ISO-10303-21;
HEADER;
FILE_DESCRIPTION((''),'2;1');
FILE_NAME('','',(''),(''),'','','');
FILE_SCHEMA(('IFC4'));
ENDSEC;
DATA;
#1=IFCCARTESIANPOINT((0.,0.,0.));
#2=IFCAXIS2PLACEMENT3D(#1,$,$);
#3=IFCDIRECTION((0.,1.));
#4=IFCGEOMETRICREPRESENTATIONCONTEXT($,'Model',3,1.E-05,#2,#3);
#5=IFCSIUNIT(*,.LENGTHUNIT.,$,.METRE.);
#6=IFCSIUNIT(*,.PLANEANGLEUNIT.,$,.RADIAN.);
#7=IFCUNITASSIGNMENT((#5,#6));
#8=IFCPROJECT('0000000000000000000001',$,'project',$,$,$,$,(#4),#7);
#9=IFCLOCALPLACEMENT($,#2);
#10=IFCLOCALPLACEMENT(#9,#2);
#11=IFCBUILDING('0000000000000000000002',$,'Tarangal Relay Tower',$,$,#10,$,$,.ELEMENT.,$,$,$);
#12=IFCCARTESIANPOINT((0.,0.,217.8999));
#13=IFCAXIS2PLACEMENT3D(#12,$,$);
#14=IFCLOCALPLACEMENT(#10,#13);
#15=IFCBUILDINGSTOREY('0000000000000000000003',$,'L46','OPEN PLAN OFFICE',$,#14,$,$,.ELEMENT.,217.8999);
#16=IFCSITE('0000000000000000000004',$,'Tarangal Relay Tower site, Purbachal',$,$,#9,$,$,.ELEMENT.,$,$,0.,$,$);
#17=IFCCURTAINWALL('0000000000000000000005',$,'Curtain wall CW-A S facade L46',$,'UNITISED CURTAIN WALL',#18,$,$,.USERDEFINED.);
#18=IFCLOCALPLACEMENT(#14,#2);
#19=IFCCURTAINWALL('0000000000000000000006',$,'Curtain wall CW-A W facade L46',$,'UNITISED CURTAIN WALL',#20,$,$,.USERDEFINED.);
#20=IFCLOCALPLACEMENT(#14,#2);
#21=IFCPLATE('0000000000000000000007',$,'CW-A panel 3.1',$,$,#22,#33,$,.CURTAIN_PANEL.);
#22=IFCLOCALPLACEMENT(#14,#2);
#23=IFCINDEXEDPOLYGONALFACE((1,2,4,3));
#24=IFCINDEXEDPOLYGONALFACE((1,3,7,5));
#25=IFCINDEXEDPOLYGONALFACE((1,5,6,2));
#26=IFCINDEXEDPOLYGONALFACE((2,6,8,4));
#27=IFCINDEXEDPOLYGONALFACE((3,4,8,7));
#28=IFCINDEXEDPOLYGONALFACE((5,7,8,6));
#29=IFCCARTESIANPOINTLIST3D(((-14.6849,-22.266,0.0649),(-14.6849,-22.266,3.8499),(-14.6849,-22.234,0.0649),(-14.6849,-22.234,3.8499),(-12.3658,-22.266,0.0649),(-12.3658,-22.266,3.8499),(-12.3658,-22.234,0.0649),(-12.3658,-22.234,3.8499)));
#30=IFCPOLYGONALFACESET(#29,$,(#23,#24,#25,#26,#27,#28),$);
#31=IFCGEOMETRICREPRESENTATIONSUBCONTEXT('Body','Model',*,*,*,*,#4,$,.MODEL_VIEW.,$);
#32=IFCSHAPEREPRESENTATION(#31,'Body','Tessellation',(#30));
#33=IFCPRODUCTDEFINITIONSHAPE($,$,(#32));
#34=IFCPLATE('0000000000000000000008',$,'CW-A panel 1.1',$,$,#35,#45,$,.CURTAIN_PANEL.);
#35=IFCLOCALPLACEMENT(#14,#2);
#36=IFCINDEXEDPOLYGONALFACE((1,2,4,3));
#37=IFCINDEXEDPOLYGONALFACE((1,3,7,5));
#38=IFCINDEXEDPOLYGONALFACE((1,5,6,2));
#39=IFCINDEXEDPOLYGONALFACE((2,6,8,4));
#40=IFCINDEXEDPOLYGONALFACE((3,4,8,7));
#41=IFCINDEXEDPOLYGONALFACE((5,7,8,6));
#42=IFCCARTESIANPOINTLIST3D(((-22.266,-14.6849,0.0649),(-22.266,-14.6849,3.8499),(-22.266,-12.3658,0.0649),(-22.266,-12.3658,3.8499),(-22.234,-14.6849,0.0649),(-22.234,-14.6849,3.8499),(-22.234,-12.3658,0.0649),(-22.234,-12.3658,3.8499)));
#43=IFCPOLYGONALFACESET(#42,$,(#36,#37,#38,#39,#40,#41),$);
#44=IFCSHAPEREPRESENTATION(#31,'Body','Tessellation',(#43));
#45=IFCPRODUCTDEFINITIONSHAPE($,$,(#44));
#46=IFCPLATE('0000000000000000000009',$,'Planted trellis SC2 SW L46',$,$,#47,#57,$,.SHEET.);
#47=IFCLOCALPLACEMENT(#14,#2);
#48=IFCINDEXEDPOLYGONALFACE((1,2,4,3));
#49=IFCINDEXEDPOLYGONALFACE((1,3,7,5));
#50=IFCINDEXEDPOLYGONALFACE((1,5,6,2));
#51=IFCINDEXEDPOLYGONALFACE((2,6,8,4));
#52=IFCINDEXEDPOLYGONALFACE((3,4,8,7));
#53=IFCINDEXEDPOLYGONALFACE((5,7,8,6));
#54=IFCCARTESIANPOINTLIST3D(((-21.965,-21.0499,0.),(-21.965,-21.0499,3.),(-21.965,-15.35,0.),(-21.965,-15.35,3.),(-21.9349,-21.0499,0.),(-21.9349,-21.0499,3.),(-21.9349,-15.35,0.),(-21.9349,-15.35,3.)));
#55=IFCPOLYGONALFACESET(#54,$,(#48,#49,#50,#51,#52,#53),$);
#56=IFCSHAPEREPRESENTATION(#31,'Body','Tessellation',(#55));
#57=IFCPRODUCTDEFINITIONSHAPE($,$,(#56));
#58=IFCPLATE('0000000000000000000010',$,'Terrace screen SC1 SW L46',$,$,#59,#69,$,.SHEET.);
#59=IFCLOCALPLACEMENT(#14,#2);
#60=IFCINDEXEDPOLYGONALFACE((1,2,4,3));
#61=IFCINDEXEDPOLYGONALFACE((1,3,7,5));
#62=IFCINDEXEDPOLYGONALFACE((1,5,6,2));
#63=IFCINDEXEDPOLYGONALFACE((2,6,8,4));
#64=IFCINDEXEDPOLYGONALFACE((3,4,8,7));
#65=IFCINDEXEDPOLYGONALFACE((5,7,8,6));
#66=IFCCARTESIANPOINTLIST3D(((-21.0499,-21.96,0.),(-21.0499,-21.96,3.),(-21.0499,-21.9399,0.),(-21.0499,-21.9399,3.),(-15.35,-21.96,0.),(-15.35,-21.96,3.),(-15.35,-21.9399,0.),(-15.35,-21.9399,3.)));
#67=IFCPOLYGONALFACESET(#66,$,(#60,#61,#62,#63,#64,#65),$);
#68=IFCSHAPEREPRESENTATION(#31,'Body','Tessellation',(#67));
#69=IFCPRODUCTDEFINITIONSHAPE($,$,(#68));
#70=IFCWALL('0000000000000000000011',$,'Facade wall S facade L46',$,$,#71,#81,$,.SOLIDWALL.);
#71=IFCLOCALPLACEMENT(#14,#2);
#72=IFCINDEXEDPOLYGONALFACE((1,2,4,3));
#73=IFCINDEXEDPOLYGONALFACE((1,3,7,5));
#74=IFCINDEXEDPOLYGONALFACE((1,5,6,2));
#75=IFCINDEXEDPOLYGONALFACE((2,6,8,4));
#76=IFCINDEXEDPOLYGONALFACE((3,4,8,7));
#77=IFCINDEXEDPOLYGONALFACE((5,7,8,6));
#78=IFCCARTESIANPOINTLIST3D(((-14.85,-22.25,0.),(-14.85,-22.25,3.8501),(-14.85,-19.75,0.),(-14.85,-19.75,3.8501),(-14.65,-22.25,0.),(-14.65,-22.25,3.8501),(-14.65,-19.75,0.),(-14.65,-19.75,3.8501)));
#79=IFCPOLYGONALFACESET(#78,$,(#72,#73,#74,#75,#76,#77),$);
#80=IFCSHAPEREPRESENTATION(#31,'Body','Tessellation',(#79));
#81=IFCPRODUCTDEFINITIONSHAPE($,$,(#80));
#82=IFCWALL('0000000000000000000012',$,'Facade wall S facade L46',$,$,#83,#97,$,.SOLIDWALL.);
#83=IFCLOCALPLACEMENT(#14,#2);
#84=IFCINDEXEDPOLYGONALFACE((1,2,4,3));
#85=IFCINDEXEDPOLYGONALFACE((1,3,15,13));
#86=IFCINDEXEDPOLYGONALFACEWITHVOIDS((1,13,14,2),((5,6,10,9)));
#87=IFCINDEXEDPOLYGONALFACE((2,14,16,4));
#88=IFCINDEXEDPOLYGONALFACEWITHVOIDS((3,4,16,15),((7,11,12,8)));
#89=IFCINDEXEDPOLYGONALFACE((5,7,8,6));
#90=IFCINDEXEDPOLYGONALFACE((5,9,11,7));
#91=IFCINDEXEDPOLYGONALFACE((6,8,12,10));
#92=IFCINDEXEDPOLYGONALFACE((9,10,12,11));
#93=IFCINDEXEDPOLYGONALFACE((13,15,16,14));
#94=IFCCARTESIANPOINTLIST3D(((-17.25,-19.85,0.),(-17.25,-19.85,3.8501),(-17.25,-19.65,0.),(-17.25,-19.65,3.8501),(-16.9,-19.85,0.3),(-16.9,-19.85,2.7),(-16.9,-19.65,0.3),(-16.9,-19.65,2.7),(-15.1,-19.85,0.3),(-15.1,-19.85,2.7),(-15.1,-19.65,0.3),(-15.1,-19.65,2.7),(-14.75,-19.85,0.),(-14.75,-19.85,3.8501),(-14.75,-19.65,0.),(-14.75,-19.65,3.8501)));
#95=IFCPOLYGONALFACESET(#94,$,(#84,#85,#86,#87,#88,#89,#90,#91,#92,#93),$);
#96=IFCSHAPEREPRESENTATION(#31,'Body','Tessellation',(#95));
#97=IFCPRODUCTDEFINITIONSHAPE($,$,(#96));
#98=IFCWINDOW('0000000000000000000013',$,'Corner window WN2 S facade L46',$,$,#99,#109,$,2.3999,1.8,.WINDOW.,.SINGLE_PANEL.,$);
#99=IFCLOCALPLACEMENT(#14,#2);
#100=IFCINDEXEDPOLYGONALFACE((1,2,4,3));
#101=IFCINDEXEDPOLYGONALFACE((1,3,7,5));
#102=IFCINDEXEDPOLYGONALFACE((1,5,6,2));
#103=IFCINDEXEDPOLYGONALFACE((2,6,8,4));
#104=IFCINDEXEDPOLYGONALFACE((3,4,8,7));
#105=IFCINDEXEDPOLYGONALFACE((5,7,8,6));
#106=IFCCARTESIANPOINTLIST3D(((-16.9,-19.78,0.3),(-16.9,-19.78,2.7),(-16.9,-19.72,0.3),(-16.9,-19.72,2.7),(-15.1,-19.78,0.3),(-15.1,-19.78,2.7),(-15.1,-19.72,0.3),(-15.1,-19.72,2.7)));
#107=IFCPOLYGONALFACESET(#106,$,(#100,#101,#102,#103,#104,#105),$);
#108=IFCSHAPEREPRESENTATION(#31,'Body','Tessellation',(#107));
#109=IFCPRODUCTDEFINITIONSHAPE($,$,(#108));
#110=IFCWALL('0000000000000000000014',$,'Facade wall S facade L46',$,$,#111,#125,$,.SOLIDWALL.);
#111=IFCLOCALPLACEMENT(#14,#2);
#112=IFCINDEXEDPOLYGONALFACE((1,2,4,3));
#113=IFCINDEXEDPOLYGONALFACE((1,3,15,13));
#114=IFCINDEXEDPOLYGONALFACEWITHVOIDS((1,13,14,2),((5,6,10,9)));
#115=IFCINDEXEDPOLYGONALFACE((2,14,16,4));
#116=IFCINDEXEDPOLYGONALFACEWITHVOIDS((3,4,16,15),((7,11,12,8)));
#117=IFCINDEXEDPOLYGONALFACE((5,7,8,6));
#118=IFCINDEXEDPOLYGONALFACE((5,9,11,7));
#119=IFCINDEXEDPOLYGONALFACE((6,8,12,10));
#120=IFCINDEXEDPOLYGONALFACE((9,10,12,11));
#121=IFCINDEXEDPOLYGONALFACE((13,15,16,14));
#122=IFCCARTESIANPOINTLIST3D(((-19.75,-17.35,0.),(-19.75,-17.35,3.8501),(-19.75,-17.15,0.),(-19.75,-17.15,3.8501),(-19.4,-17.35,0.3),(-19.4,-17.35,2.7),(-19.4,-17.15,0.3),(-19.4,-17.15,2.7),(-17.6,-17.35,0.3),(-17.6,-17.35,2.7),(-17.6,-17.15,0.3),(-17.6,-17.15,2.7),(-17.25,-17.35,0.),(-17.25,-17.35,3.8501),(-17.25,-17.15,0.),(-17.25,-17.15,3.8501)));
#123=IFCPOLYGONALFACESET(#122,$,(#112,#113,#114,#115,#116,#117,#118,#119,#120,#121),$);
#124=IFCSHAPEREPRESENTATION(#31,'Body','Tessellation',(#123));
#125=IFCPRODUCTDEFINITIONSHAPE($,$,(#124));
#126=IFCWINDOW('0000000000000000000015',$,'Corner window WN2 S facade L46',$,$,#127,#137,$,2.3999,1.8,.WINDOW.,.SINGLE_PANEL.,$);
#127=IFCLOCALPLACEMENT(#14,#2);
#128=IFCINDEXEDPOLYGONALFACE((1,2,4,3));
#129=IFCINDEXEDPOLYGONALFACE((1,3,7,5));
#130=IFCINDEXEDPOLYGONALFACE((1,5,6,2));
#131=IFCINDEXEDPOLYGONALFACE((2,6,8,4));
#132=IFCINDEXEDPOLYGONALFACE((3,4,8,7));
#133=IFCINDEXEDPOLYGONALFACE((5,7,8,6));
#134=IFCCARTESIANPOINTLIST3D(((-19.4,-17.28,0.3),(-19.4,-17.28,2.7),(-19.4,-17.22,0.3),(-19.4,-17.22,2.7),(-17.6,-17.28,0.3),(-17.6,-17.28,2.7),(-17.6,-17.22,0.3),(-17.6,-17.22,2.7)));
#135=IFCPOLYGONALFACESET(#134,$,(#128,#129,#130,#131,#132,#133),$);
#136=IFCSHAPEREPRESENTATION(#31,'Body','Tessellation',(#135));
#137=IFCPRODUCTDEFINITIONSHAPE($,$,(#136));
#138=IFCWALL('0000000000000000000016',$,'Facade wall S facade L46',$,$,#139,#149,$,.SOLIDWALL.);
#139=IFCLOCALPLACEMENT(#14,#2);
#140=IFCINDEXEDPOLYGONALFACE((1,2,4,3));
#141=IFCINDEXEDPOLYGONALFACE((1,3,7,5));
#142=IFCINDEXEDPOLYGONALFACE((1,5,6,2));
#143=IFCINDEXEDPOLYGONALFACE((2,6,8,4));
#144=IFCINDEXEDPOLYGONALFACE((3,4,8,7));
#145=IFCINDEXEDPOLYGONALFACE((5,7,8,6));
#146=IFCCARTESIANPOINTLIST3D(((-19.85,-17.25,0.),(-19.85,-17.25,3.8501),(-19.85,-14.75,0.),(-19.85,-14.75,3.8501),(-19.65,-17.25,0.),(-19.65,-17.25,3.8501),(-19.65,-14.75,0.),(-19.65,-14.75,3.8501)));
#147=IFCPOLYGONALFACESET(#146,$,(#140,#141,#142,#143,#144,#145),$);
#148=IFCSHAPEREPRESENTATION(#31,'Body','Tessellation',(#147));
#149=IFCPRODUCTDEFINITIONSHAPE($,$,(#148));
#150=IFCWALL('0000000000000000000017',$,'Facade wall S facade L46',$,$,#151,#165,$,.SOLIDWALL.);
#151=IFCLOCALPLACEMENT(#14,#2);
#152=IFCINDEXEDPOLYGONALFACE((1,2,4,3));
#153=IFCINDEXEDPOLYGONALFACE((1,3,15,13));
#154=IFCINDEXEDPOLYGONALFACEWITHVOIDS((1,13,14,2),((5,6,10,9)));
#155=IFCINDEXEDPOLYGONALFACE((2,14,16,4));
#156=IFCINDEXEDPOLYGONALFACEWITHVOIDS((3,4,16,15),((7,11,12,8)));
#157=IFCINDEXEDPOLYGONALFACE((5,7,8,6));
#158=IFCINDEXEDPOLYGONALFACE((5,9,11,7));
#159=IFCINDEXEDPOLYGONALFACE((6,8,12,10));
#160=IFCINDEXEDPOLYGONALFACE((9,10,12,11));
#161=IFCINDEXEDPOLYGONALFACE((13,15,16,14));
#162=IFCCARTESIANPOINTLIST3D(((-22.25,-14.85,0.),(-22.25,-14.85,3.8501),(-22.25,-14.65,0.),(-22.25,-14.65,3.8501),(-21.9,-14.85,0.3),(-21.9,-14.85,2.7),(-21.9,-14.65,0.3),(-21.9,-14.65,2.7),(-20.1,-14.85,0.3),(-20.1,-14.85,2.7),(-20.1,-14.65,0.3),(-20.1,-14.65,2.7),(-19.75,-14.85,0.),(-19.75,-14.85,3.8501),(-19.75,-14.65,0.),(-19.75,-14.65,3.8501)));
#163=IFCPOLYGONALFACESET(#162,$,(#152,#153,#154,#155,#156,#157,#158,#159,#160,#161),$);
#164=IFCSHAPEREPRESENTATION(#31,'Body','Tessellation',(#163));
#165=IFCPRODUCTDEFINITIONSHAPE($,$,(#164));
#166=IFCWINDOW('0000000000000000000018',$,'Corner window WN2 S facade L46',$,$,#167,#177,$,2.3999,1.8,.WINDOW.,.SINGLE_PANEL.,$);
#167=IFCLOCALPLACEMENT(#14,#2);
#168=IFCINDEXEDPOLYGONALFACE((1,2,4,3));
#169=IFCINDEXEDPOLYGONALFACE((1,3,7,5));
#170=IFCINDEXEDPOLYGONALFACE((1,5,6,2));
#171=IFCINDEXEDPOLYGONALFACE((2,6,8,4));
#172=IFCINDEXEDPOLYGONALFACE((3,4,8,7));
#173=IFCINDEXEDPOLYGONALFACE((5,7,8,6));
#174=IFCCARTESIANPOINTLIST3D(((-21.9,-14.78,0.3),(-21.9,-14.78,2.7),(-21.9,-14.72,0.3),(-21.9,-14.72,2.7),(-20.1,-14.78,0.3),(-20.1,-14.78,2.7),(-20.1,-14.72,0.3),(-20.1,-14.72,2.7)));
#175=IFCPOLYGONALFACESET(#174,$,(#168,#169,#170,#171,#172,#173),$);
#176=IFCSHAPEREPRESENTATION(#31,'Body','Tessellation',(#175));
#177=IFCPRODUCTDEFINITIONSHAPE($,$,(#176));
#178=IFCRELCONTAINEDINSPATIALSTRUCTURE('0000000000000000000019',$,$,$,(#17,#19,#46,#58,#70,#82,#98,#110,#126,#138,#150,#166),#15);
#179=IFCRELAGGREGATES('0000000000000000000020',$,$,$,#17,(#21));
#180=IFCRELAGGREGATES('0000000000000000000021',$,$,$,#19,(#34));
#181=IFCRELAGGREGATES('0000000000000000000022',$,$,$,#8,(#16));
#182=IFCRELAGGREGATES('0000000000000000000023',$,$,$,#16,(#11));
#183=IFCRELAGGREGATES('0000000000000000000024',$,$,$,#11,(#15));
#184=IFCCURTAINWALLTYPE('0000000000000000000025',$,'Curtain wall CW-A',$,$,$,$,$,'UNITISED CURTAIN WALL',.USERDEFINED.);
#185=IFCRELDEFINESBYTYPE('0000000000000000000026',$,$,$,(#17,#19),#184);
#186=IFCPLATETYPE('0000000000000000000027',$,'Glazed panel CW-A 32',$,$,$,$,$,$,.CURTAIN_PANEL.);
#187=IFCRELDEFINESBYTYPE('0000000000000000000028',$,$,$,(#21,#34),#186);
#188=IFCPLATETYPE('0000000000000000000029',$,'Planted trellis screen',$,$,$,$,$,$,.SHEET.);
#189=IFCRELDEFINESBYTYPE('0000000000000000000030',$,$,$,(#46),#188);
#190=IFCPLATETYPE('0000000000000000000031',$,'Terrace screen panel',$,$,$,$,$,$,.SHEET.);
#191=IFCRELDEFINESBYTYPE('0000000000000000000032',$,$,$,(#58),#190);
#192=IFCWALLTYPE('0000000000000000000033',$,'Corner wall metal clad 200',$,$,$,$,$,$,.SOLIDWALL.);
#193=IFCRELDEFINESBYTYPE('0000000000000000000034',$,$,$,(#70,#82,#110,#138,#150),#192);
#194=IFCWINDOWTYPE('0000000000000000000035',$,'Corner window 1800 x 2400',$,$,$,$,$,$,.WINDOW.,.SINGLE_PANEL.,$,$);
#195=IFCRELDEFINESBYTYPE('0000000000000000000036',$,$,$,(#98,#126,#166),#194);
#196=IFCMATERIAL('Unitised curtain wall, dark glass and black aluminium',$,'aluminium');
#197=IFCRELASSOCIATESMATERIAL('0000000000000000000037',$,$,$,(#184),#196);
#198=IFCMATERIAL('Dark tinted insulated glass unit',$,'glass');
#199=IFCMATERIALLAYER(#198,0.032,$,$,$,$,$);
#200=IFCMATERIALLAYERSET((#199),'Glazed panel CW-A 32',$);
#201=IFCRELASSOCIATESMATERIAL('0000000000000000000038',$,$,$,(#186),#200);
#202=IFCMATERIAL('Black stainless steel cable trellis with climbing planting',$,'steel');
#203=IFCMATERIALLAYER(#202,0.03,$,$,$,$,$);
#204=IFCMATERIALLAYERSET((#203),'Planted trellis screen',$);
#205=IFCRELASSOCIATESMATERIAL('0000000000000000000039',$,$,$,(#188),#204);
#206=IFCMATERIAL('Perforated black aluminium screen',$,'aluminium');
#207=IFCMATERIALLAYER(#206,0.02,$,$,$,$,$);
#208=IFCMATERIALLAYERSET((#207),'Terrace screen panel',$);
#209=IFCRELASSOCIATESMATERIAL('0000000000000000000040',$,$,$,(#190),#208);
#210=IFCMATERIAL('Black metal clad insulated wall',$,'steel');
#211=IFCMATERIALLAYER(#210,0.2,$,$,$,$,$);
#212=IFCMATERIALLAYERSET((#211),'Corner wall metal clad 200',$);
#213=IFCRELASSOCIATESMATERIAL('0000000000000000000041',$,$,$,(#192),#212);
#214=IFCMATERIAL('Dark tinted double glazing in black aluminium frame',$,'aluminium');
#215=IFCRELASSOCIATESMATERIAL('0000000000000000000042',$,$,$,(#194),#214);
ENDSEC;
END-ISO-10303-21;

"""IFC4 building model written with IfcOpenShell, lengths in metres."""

from ifc_helpers import new_model, si_unit, direction, frame, frame_2d, origin, origin_2d, place, context, subcontext, project, spatial, rectangle, extrude, material, layer, layer_set, type_object, element, fill, aggregate, save


model = new_model("IFC4")

# Units and contexts
model_context = context("Model", 3, precision=1e-05, world=origin(), true_north=direction((0.0, 1.0)))
body_context = subcontext(model_context, "Body", "Model", "MODEL_VIEW")
ifc_project = project(units=[si_unit("LENGTHUNIT", "METRE"), si_unit("PLANEANGLEUNIT", "RADIAN")], contexts=[model_context])

# Site, building, storey
site_placement = place(None, origin())
site = spatial("IfcSite", under=ifc_project, at=site_placement, Name="Tarangal Relay Tower site, Purbachal", CompositionType="ELEMENT", RefElevation=0.0)
building_placement = place(site_placement, origin())
building = spatial("IfcBuilding", under=site, at=building_placement, Name="Tarangal Relay Tower", CompositionType="ELEMENT")
storey_placement = place(building_placement, frame((0.0, 0.0, 217.8999)))
storey = spatial("IfcBuildingStorey", under=building, at=storey_placement, Name="L46", Description="OPEN PLAN OFFICE", CompositionType="ELEMENT", Elevation=217.8999)

# Curtain walls
ifc_material_1 = material(Name="Unitised curtain wall, dark glass and black aluminium", Category="aluminium")
curtain_wall_type = type_object("IfcCurtainWallType", Name="Curtain wall CW-A", ElementType="UNITISED CURTAIN WALL", PredefinedType="USERDEFINED", material=ifc_material_1)
curtain_wall_1_placement = place(storey_placement, origin())
curtain_wall_1 = element("IfcCurtainWall", 1, at=curtain_wall_1_placement, inside=storey, type_object=curtain_wall_type, Name="Curtain wall CW-A S facade L46", ObjectType="UNITISED CURTAIN WALL", PredefinedType="USERDEFINED")
curtain_wall_2_placement = place(storey_placement, origin())
curtain_wall_2 = element("IfcCurtainWall", 2, at=curtain_wall_2_placement, inside=storey, type_object=curtain_wall_type, Name="Curtain wall CW-A W facade L46", ObjectType="UNITISED CURTAIN WALL", PredefinedType="USERDEFINED")

# Plates
ifc_material_2 = material(Name="Dark tinted insulated glass unit", Category="glass")
ifc_layer_1 = layer(ifc_material_2, 0.032)
ifc_layer_set_1 = layer_set([ifc_layer_1], Name="Glazed panel CW-A 32")
plate_type_1 = type_object("IfcPlateType", Name="Glazed panel CW-A 32", PredefinedType="CURTAIN_PANEL", material=ifc_layer_set_1)
plate_1_placement = place(storey_placement, frame((-13.5254, -22.25, 0.0649), z_axis=(0.0, 0.0, 1.0), x_axis=(-1.0, 0.0, 0.0)))
plate_1 = element("IfcPlate", 3, at=plate_1_placement, type_object=plate_type_1, Name="CW-A panel 3.1", PredefinedType="CURTAIN_PANEL", context=body_context, shape_type="SweptSolid", body=[
    extrude(rectangle(XDim=2.3191, YDim=0.032, at=origin_2d()), origin(), (0.0, 0.0, 1.0), 3.7849),
])
aggregate(curtain_wall_1, [plate_1])
plate_2_placement = place(storey_placement, frame((-22.25, -13.5254, 0.0649), z_axis=(0.0, 0.0, 1.0), x_axis=(0.0, 1.0, 0.0)))
plate_2 = element("IfcPlate", 4, at=plate_2_placement, type_object=plate_type_1, Name="CW-A panel 1.1", PredefinedType="CURTAIN_PANEL", context=body_context, shape_type="SweptSolid", body=[
    extrude(rectangle(XDim=2.3191, YDim=0.032, at=origin_2d()), origin(), (0.0, 0.0, 1.0), 3.7849),
])
aggregate(curtain_wall_2, [plate_2])

# Plates
ifc_material_3 = material(Name="Black stainless steel cable trellis with climbing planting", Category="steel")
ifc_layer_2 = layer(ifc_material_3, 0.03)
ifc_layer_set_2 = layer_set([ifc_layer_2], Name="Planted trellis screen")
plate_type_2 = type_object("IfcPlateType", Name="Planted trellis screen", PredefinedType="SHEET", material=ifc_layer_set_2)
plate_3_placement = place(storey_placement, frame((-21.95, -18.2, 0.0), z_axis=(0.0, 0.0, 1.0), x_axis=(0.0, 1.0, 0.0)))
element("IfcPlate", 5, at=plate_3_placement, inside=storey, type_object=plate_type_2, Name="Planted trellis SC2 SW L46", PredefinedType="SHEET", context=body_context, shape_type="SweptSolid", body=[
    extrude(rectangle(XDim=5.7, YDim=0.03, at=origin_2d()), origin(), (0.0, 0.0, 1.0), 3.0),
])
ifc_material_4 = material(Name="Perforated black aluminium screen", Category="aluminium")
ifc_layer_3 = layer(ifc_material_4, 0.02)
ifc_layer_set_3 = layer_set([ifc_layer_3], Name="Terrace screen panel")
plate_type_3 = type_object("IfcPlateType", Name="Terrace screen panel", PredefinedType="SHEET", material=ifc_layer_set_3)
plate_4_placement = place(storey_placement, frame((-18.2, -21.95, 0.0), z_axis=(0.0, 0.0, 1.0), x_axis=(-1.0, 0.0, 0.0)))
element("IfcPlate", 6, at=plate_4_placement, inside=storey, type_object=plate_type_3, Name="Terrace screen SC1 SW L46", PredefinedType="SHEET", context=body_context, shape_type="SweptSolid", body=[
    extrude(rectangle(XDim=5.7, YDim=0.02, at=origin_2d()), origin(), (0.0, 0.0, 1.0), 3.0),
])

# Wall
ifc_material_5 = material(Name="Black metal clad insulated wall", Category="steel")
ifc_layer_4 = layer(ifc_material_5, 0.2)
ifc_layer_set_4 = layer_set([ifc_layer_4], Name="Corner wall metal clad 200")
wall_type_1 = type_object("IfcWallType", Name="Corner wall metal clad 200", PredefinedType="SOLIDWALL", material=ifc_layer_set_4)
wall_1_placement = place(storey_placement, frame((-14.75, -22.25, 0.0), z_axis=(0.0, 0.0, 1.0), x_axis=(0.0, 1.0, 0.0)))
element("IfcWall", 7, at=wall_1_placement, inside=storey, type_object=wall_type_1, Name="Facade wall S facade L46", PredefinedType="SOLIDWALL", context=body_context, shape_type="SweptSolid", body=[
    extrude(rectangle(XDim=2.5, YDim=0.2, at=frame_2d((1.25, 0.0))), origin(), (0.0, 0.0, 1.0), 3.8501),
])

# Wall, opening, window
wall_2_placement = place(storey_placement, frame((-14.75, -19.75, 0.0), z_axis=(0.0, 0.0, 1.0), x_axis=(-1.0, 0.0, 0.0)))
wall_2 = element("IfcWall", 8, at=wall_2_placement, inside=storey, type_object=wall_type_1, Name="Facade wall S facade L46", PredefinedType="SOLIDWALL", context=body_context, shape_type="SweptSolid", body=[
    extrude(rectangle(XDim=2.5, YDim=0.2, at=frame_2d((1.25, 0.0))), origin(), (0.0, 0.0, 1.0), 3.8501),
])
opening_1_placement = place(wall_2_placement, frame((0.3501, 0.0, 0.3)))
opening_1 = element("IfcOpeningElement", 9, at=opening_1_placement, cuts=wall_2, PredefinedType="OPENING", context=body_context, shape_type="SweptSolid", body=[
    extrude(rectangle(XDim=1.8, YDim=2.3999, at=frame_2d((0.8999, 1.2))), frame((0.0, 0.1099, 0.0), z_axis=(0.0, -1.0, 0.0), x_axis=(1.0, 0.0, 0.0)), (0.0, 0.0, 1.0), 0.22),
])
ifc_material_6 = material(Name="Dark tinted double glazing in black aluminium frame", Category="aluminium")
window_type = type_object("IfcWindowType", Name="Corner window 1800 x 2400", PartitioningType="SINGLE_PANEL", PredefinedType="WINDOW", material=ifc_material_6)
window_1_placement = place(opening_1_placement, origin())
window_1 = element("IfcWindow", 10, at=window_1_placement, inside=storey, type_object=window_type, Name="Corner window WN2 S facade L46", OverallHeight=2.3999, OverallWidth=1.8, PartitioningType="SINGLE_PANEL", PredefinedType="WINDOW", context=body_context, shape_type="SweptSolid", body=[
    extrude(rectangle(XDim=1.8, YDim=2.3999, at=frame_2d((0.8999, 1.2))), frame((0.0, 0.03, 0.0), z_axis=(0.0, -1.0, 0.0), x_axis=(1.0, 0.0, 0.0)), (0.0, 0.0, 1.0), 0.0601),
])
fill(opening_1, window_1)

# Wall, opening, window
wall_3_placement = place(storey_placement, frame((-17.25, -17.25, 0.0), z_axis=(0.0, 0.0, 1.0), x_axis=(-1.0, 0.0, 0.0)))
wall_3 = element("IfcWall", 11, at=wall_3_placement, inside=storey, type_object=wall_type_1, Name="Facade wall S facade L46", PredefinedType="SOLIDWALL", context=body_context, shape_type="SweptSolid", body=[
    extrude(rectangle(XDim=2.5, YDim=0.2, at=frame_2d((1.25, 0.0))), origin(), (0.0, 0.0, 1.0), 3.8501),
])
opening_2_placement = place(wall_3_placement, frame((0.3501, 0.0, 0.3)))
opening_2 = element("IfcOpeningElement", 12, at=opening_2_placement, cuts=wall_3, PredefinedType="OPENING", context=body_context, shape_type="SweptSolid", body=[
    extrude(rectangle(XDim=1.8, YDim=2.3999, at=frame_2d((0.8999, 1.2))), frame((0.0, 0.1099, 0.0), z_axis=(0.0, -1.0, 0.0), x_axis=(1.0, 0.0, 0.0)), (0.0, 0.0, 1.0), 0.22),
])
window_2_placement = place(opening_2_placement, origin())
window_2 = element("IfcWindow", 13, at=window_2_placement, inside=storey, type_object=window_type, Name="Corner window WN2 S facade L46", OverallHeight=2.3999, OverallWidth=1.8, PartitioningType="SINGLE_PANEL", PredefinedType="WINDOW", context=body_context, shape_type="SweptSolid", body=[
    extrude(rectangle(XDim=1.8, YDim=2.3999, at=frame_2d((0.8999, 1.2))), frame((0.0, 0.03, 0.0), z_axis=(0.0, -1.0, 0.0), x_axis=(1.0, 0.0, 0.0)), (0.0, 0.0, 1.0), 0.0601),
])
fill(opening_2, window_2)

# Wall
wall_4_placement = place(storey_placement, frame((-19.75, -17.25, 0.0), z_axis=(0.0, 0.0, 1.0), x_axis=(0.0, 1.0, 0.0)))
element("IfcWall", 14, at=wall_4_placement, inside=storey, type_object=wall_type_1, Name="Facade wall S facade L46", PredefinedType="SOLIDWALL", context=body_context, shape_type="SweptSolid", body=[
    extrude(rectangle(XDim=2.5, YDim=0.2, at=frame_2d((1.25, 0.0))), origin(), (0.0, 0.0, 1.0), 3.8501),
])

# Wall, opening, window
wall_5_placement = place(storey_placement, frame((-19.75, -14.75, 0.0), z_axis=(0.0, 0.0, 1.0), x_axis=(-1.0, 0.0, 0.0)))
wall_5 = element("IfcWall", 15, at=wall_5_placement, inside=storey, type_object=wall_type_1, Name="Facade wall S facade L46", PredefinedType="SOLIDWALL", context=body_context, shape_type="SweptSolid", body=[
    extrude(rectangle(XDim=2.5, YDim=0.2, at=frame_2d((1.25, 0.0))), origin(), (0.0, 0.0, 1.0), 3.8501),
])
opening_3_placement = place(wall_5_placement, frame((0.3501, 0.0, 0.3)))
opening_3 = element("IfcOpeningElement", 16, at=opening_3_placement, cuts=wall_5, PredefinedType="OPENING", context=body_context, shape_type="SweptSolid", body=[
    extrude(rectangle(XDim=1.8, YDim=2.3999, at=frame_2d((0.8999, 1.2))), frame((0.0, 0.1099, 0.0), z_axis=(0.0, -1.0, 0.0), x_axis=(1.0, 0.0, 0.0)), (0.0, 0.0, 1.0), 0.22),
])
window_3_placement = place(opening_3_placement, origin())
window_3 = element("IfcWindow", 17, at=window_3_placement, inside=storey, type_object=window_type, Name="Corner window WN2 S facade L46", OverallHeight=2.3999, OverallWidth=1.8, PartitioningType="SINGLE_PANEL", PredefinedType="WINDOW", context=body_context, shape_type="SweptSolid", body=[
    extrude(rectangle(XDim=1.8, YDim=2.3999, at=frame_2d((0.8999, 1.2))), frame((0.0, 0.03, 0.0), z_axis=(0.0, -1.0, 0.0), x_axis=(1.0, 0.0, 0.0)), (0.0, 0.0, 1.0), 0.0601),
])
fill(opening_3, window_3)

save(model, "model.ifc")
